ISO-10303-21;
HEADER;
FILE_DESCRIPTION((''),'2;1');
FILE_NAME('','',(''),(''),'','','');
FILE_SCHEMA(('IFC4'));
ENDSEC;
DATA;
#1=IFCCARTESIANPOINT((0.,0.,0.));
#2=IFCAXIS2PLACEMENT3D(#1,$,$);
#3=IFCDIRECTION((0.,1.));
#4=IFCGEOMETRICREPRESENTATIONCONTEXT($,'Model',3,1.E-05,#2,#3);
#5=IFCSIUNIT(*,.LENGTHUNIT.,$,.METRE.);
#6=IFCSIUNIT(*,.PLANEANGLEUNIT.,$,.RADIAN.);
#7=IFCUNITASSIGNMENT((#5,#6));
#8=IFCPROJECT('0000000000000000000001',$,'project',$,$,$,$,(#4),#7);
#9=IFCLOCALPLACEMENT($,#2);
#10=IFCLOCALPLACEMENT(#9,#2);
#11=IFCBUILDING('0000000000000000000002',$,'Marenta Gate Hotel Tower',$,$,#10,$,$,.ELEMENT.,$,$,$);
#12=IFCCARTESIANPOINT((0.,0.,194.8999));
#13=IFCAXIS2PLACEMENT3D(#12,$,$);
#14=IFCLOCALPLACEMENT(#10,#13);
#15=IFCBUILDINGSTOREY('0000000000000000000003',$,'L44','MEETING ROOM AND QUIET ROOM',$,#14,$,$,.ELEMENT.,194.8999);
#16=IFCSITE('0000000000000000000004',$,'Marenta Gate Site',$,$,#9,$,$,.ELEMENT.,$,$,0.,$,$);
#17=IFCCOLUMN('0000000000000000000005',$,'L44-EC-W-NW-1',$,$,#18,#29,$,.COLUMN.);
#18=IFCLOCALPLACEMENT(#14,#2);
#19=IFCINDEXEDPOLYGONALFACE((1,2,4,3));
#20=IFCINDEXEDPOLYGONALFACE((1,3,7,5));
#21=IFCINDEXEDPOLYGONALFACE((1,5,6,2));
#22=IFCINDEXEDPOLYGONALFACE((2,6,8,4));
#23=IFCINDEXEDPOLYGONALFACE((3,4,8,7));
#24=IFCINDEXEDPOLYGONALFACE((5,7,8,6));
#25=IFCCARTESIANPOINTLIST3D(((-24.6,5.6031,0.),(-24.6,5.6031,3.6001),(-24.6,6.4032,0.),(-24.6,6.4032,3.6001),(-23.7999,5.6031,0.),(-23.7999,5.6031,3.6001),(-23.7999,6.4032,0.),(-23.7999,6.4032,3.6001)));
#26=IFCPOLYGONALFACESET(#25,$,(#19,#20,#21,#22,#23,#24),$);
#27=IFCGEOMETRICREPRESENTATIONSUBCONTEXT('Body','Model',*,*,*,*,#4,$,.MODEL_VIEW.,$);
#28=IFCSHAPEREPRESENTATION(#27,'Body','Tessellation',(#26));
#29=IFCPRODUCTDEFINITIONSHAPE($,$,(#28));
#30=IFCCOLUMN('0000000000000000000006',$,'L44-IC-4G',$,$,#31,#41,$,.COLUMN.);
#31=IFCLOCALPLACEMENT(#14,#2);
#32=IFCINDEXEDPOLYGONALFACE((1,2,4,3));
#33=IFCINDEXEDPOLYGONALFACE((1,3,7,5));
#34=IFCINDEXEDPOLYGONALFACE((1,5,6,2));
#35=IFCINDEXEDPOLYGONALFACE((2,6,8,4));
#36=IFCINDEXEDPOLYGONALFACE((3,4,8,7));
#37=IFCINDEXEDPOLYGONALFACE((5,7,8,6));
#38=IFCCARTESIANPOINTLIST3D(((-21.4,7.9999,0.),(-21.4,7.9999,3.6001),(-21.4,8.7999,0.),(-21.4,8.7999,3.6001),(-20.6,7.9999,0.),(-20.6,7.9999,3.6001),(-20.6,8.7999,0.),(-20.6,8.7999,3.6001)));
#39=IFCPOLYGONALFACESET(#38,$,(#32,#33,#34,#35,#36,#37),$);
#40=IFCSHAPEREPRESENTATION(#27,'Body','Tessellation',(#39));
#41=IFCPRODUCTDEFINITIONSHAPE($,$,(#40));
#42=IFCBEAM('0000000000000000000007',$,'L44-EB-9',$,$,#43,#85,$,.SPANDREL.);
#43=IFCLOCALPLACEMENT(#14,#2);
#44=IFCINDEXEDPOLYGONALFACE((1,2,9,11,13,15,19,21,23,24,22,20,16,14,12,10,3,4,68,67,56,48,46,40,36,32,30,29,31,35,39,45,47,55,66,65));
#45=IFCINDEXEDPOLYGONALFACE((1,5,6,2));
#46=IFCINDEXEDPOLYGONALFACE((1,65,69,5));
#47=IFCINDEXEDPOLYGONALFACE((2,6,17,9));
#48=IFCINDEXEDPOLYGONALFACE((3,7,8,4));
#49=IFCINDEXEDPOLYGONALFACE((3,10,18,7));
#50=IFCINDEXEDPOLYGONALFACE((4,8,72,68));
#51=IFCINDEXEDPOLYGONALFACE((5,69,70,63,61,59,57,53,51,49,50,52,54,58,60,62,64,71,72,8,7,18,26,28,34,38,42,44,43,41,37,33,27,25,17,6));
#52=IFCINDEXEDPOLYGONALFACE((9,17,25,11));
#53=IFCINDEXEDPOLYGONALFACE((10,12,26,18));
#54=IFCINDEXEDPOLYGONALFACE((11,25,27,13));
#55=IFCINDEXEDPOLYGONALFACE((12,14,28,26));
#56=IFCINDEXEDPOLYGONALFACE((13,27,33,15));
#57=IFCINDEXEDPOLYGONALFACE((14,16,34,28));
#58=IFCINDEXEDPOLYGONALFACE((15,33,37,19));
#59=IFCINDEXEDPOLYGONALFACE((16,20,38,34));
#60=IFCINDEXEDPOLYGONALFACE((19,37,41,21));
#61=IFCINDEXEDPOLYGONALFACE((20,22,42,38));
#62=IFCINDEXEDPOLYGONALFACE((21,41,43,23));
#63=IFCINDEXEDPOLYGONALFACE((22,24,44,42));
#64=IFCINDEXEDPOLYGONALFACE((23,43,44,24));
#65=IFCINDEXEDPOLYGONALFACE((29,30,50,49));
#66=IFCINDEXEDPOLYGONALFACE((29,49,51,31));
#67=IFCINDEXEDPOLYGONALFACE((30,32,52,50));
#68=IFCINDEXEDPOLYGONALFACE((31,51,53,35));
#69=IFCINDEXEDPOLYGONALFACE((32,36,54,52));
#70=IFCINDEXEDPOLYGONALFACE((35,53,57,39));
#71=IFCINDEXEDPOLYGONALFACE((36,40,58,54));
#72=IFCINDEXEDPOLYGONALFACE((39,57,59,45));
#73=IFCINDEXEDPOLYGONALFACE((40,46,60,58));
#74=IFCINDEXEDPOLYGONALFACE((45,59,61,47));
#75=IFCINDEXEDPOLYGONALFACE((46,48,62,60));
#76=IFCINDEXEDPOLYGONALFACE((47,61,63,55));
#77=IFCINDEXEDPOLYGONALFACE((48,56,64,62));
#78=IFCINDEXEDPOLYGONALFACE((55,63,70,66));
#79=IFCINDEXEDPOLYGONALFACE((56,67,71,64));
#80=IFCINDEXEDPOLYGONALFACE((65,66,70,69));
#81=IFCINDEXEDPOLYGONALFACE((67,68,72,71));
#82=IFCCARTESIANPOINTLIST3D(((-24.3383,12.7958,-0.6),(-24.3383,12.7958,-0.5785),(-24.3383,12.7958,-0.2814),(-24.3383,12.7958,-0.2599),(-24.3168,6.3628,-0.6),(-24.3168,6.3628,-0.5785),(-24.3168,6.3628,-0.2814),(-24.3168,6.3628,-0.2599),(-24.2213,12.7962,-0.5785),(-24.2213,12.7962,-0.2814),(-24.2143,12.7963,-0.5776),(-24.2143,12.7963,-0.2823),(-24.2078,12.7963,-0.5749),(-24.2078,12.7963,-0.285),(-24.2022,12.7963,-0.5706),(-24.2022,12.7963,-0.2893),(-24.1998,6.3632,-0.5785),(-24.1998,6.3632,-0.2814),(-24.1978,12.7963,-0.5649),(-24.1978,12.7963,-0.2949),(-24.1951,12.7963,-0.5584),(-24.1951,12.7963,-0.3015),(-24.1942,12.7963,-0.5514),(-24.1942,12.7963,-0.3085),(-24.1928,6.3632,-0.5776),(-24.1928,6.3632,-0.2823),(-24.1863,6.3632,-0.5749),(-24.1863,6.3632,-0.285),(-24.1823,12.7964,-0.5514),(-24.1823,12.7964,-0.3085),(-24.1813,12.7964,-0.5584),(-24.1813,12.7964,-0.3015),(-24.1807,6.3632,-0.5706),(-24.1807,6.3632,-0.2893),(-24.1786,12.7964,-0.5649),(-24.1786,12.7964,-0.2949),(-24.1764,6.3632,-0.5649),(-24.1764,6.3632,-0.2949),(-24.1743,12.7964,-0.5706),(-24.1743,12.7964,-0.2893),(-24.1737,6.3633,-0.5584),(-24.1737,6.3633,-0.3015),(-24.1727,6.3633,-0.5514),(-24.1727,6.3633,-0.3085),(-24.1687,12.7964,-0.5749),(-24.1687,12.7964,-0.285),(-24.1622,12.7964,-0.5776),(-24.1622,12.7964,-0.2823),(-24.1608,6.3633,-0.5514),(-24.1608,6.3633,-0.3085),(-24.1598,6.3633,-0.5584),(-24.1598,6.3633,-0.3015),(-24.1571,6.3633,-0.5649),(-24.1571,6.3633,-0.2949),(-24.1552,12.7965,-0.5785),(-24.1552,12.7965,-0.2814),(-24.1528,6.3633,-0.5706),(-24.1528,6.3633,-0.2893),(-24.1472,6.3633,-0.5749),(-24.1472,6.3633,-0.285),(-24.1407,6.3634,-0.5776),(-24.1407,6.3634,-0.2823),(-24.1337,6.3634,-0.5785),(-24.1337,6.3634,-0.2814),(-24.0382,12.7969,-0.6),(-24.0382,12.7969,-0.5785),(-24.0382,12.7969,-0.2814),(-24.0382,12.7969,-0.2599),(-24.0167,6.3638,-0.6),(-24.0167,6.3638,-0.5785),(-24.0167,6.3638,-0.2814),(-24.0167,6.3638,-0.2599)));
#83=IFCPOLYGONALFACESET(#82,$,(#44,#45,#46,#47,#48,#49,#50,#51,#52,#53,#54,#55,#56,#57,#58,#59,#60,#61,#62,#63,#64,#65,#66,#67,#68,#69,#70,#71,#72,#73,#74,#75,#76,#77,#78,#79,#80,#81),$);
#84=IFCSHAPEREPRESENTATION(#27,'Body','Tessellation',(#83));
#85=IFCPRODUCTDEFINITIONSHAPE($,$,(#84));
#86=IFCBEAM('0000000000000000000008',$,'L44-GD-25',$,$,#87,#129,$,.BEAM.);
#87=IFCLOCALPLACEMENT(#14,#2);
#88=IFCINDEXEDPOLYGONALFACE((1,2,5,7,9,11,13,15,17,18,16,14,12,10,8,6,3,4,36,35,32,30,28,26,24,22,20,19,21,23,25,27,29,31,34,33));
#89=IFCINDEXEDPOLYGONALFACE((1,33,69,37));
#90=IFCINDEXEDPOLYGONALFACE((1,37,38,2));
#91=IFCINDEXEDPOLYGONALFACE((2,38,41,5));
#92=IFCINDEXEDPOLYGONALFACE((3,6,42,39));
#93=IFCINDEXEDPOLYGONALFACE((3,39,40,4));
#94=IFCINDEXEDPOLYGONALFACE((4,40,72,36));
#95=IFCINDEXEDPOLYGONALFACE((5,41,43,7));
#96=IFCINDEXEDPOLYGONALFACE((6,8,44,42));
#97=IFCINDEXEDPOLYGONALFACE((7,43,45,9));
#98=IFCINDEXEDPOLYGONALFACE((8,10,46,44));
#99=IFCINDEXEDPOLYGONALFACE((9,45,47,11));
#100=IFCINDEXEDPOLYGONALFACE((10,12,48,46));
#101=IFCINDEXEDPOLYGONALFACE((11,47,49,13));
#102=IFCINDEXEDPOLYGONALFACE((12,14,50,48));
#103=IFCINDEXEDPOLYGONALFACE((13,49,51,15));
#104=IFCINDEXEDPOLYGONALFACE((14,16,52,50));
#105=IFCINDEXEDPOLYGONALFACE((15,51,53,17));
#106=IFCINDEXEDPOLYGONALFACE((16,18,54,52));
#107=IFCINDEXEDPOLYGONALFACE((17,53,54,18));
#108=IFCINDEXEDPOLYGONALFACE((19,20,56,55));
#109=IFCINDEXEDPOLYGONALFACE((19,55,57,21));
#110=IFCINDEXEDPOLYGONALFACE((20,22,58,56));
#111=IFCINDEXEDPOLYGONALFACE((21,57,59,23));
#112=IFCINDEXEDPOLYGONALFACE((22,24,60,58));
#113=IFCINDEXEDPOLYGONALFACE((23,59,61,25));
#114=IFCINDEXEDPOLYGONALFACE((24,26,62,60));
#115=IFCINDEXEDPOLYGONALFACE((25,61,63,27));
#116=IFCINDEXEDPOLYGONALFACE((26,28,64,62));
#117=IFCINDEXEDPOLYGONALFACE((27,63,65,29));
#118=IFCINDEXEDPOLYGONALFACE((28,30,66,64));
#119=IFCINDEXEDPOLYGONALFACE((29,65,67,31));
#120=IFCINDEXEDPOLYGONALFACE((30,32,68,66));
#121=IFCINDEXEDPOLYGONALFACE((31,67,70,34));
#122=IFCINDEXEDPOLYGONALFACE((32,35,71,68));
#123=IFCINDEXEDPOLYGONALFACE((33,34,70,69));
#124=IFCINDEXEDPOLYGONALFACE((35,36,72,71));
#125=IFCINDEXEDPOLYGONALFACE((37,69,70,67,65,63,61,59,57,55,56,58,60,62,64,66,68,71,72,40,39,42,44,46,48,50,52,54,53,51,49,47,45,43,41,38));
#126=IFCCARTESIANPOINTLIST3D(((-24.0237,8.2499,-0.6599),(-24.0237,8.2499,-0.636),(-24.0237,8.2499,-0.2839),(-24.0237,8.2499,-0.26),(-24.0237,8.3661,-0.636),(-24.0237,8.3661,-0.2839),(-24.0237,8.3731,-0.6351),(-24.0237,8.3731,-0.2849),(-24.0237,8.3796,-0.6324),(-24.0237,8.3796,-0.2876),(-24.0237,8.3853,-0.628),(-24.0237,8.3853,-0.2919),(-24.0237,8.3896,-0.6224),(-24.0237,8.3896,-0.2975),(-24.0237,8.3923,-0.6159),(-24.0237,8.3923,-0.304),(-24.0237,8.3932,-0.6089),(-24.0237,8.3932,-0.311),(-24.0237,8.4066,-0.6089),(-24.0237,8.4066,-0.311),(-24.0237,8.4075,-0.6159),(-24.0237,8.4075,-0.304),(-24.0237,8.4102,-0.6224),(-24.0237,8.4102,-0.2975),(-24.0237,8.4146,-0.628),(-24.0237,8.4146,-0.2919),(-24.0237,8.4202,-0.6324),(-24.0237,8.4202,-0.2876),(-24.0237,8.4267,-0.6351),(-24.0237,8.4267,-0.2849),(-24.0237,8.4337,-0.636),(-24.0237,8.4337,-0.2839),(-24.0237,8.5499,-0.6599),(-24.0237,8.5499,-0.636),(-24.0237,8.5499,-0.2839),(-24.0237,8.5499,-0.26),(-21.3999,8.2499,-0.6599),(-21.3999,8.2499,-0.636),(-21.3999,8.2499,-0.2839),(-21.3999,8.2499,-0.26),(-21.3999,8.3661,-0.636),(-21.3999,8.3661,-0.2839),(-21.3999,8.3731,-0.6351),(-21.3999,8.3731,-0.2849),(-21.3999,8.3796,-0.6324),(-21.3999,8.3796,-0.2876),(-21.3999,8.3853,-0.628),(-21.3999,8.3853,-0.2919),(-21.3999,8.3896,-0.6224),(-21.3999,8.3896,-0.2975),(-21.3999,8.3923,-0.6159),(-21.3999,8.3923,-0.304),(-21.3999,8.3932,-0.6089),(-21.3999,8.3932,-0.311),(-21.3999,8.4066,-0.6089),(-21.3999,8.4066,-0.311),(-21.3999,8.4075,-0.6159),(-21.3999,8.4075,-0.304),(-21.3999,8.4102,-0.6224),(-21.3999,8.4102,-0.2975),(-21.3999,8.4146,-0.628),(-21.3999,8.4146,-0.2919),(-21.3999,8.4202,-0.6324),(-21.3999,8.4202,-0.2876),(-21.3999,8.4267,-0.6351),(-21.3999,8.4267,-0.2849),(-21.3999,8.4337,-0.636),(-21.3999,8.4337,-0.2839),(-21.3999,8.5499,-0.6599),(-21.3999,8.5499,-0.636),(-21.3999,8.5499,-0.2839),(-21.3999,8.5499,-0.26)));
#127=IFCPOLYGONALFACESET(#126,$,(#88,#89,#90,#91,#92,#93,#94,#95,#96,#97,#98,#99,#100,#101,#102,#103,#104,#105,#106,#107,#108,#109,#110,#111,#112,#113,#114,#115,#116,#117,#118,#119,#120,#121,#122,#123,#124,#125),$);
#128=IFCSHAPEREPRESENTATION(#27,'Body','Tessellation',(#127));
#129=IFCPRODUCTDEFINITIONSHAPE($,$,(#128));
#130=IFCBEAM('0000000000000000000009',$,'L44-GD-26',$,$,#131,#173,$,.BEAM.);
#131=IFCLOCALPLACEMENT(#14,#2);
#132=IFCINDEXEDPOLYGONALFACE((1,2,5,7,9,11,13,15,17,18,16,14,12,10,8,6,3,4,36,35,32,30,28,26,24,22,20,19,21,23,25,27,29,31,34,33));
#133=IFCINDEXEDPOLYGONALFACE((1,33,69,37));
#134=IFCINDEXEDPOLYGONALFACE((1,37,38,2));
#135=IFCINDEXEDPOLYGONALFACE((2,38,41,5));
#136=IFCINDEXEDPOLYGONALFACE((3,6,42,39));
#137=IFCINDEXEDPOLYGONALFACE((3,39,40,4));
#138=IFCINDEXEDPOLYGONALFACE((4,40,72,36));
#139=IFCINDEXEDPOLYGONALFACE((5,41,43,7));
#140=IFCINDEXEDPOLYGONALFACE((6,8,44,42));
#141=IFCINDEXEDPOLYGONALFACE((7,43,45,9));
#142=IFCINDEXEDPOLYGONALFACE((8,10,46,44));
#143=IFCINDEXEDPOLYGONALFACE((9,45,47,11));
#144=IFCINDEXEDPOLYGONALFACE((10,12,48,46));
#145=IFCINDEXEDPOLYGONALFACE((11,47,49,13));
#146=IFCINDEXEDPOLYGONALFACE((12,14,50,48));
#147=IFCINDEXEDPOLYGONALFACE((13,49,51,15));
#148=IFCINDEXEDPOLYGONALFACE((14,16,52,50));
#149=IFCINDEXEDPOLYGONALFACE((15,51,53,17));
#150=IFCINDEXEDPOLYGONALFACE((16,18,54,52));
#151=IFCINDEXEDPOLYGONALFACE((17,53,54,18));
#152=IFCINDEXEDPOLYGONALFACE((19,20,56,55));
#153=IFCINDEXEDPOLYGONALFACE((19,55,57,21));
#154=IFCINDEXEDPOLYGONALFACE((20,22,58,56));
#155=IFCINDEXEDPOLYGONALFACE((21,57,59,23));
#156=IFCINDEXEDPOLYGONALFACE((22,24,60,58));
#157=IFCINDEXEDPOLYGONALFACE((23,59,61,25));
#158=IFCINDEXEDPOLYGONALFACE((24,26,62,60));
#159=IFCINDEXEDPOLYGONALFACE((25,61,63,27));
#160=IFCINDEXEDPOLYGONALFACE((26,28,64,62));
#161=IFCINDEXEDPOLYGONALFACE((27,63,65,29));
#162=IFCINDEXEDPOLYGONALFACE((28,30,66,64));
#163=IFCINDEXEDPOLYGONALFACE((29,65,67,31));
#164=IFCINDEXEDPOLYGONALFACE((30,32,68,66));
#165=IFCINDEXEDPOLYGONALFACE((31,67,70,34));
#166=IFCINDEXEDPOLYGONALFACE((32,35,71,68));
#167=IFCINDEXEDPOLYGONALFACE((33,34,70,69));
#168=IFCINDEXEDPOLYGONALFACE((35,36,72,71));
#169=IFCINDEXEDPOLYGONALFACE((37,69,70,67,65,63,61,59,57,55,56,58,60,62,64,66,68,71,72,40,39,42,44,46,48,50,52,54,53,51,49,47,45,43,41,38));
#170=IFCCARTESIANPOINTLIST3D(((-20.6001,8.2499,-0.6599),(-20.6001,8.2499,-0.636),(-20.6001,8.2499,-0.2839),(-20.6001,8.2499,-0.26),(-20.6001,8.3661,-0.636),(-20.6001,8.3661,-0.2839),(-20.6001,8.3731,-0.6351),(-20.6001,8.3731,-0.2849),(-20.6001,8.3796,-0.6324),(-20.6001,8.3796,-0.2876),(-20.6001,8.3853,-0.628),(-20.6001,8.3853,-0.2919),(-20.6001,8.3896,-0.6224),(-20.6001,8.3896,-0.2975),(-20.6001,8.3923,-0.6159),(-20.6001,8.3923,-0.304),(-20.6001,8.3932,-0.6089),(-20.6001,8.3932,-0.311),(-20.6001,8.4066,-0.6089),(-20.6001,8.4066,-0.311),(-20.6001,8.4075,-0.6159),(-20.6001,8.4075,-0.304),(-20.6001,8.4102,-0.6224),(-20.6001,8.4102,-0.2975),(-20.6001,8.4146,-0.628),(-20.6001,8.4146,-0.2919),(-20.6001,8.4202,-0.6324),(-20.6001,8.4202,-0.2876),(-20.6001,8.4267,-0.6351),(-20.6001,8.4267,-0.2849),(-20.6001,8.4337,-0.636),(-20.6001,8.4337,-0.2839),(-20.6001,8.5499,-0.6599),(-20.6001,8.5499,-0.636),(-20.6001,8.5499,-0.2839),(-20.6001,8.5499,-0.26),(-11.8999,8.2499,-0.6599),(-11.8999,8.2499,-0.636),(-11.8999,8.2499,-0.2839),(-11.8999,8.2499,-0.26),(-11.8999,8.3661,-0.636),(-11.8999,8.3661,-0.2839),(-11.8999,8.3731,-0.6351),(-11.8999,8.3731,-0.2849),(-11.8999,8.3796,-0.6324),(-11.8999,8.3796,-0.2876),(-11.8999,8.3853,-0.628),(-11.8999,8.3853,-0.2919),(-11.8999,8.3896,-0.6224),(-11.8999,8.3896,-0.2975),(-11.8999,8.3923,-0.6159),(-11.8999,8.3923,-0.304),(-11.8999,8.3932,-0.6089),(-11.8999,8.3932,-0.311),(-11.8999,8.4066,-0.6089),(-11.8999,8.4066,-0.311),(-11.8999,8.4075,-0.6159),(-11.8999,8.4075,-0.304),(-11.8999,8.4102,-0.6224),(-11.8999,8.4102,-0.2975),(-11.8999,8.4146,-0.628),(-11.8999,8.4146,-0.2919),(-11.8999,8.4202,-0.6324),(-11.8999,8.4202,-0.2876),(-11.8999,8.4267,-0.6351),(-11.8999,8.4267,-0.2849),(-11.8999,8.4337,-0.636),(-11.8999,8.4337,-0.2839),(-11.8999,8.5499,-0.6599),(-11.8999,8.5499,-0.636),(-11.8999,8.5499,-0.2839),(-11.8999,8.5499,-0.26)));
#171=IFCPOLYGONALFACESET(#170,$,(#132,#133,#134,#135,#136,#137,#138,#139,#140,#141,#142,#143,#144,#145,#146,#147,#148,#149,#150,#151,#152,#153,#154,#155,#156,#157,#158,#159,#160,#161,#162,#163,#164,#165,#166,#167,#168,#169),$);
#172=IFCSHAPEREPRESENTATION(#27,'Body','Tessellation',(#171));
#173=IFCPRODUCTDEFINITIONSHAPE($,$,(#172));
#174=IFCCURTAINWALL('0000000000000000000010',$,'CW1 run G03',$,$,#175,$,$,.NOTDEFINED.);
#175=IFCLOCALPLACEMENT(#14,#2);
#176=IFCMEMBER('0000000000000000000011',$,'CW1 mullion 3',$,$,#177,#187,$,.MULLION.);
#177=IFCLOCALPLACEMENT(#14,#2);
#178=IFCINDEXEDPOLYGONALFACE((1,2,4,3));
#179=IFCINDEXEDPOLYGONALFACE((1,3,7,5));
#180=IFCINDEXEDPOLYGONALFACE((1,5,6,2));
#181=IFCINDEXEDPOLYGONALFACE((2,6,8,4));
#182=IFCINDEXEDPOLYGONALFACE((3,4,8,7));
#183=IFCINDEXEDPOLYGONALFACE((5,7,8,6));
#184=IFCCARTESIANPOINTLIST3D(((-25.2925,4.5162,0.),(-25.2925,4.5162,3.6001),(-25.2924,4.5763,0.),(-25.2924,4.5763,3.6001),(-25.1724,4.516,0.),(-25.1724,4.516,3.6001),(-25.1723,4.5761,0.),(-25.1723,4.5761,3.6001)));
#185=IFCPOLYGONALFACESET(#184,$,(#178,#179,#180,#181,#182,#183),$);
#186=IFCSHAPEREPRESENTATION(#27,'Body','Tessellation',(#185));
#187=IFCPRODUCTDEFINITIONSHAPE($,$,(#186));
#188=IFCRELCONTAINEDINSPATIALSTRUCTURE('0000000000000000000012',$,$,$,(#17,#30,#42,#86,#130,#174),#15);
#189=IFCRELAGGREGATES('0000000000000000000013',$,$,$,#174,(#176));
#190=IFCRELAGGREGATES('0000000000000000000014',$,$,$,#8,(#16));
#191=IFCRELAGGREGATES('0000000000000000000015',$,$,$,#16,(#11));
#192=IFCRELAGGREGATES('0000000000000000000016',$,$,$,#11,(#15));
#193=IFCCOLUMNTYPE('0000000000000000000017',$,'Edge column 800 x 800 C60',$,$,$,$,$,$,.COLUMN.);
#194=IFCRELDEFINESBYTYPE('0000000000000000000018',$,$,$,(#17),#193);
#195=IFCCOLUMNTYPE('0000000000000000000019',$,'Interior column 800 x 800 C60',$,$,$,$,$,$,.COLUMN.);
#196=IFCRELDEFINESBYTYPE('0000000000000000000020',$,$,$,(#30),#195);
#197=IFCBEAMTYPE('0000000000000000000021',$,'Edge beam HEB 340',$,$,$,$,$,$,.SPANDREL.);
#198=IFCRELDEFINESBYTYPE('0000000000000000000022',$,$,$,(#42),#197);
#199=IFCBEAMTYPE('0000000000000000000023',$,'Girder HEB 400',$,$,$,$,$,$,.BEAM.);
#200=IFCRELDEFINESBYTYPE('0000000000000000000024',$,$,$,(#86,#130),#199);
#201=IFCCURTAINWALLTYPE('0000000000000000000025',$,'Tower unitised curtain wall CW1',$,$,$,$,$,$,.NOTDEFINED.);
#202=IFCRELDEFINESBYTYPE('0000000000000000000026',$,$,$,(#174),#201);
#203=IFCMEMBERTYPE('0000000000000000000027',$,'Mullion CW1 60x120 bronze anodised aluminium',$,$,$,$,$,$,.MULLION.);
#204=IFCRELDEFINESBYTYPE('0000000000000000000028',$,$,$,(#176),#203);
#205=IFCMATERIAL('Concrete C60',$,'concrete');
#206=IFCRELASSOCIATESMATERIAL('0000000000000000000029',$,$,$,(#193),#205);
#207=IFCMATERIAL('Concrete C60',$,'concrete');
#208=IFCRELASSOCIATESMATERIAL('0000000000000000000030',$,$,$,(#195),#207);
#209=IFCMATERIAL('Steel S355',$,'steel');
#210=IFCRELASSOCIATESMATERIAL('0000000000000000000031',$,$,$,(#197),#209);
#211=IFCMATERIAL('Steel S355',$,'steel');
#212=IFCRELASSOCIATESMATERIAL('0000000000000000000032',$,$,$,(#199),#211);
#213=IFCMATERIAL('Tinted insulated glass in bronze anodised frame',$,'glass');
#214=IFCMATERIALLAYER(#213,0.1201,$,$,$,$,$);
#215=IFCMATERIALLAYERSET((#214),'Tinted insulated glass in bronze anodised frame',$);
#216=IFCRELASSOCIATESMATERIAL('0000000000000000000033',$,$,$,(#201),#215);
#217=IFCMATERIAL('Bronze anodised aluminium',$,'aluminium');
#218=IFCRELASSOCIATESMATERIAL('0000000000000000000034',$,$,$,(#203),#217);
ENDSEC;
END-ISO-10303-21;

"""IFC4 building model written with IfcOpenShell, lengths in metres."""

from ifc_helpers import new_model, si_unit, direction, frame, origin, origin_2d, place, context, subcontext, project, spatial, rectangle, i_section, extrude, material, layer, layer_set, material_profile, profile_set, type_object, element, aggregate, save


model = new_model("IFC4")

# Units and contexts
model_context = context("Model", 3, precision=1e-05, world=origin(), true_north=direction((0.0, 1.0)))
body_context = subcontext(model_context, "Body", "Model", "MODEL_VIEW")
ifc_project = project(units=[si_unit("LENGTHUNIT", "METRE"), si_unit("PLANEANGLEUNIT", "RADIAN")], contexts=[model_context])

# Site, building, storey
site_placement = place(None, origin())
site = spatial("IfcSite", under=ifc_project, at=site_placement, Name="Marenta Gate Site", CompositionType="ELEMENT", RefElevation=0.0)
building_placement = place(site_placement, origin())
building = spatial("IfcBuilding", under=site, at=building_placement, Name="Marenta Gate Hotel Tower", CompositionType="ELEMENT")
storey_placement = place(building_placement, frame((0.0, 0.0, 194.8999)))
storey = spatial("IfcBuildingStorey", under=building, at=storey_placement, Name="L44", Description="MEETING ROOM AND QUIET ROOM", CompositionType="ELEMENT", Elevation=194.8999)

# Columns
ifc_material_1 = material(Name="Concrete C60", Category="concrete")
ifc_material_profile_1 = material_profile(ifc_material_1, rectangle(XDim=0.8, YDim=0.8, at=origin_2d()), Name="800 x 800")
ifc_profile_set_1 = profile_set([ifc_material_profile_1], Name="Concrete C60")
column_type_1 = type_object("IfcColumnType", Name="Edge column 800 x 800 C60", PredefinedType="COLUMN", material=ifc_profile_set_1)
column_1_placement = place(storey_placement, frame((-24.2, 6.0032, 0.0), z_axis=(0.0, 0.0, 1.0), x_axis=(1.0, 0.0, 0.0)))
element("IfcColumn", 1, at=column_1_placement, inside=storey, type_object=column_type_1, Name="L44-EC-W-NW-1", PredefinedType="COLUMN", context=body_context, shape_type="SweptSolid", body=[
    extrude(rectangle(XDim=0.8, YDim=0.8, at=origin_2d()), origin(), (0.0, 0.0, 1.0), 3.6001),
])
ifc_material_2 = material(Name="Concrete C60", Category="concrete")
ifc_material_profile_2 = material_profile(ifc_material_2, rectangle(XDim=0.8, YDim=0.8, at=origin_2d()), Name="800 x 800")
ifc_profile_set_2 = profile_set([ifc_material_profile_2], Name="Concrete C60")
column_type_2 = type_object("IfcColumnType", Name="Interior column 800 x 800 C60", PredefinedType="COLUMN", material=ifc_profile_set_2)
column_2_placement = place(storey_placement, frame((-21.0, 8.3999, 0.0), z_axis=(0.0, 0.0, 1.0), x_axis=(1.0, 0.0, 0.0)))
element("IfcColumn", 2, at=column_2_placement, inside=storey, type_object=column_type_2, Name="L44-IC-4G", PredefinedType="COLUMN", context=body_context, shape_type="SweptSolid", body=[
    extrude(rectangle(XDim=0.8, YDim=0.8, at=origin_2d()), origin(), (0.0, 0.0, 1.0), 3.6001),
])

# Beams
ifc_material_3 = material(Name="Steel S355", Category="steel")
ifc_material_profile_3 = material_profile(ifc_material_3, i_section(OverallWidth=0.3, OverallDepth=0.3401, WebThickness=0.012, FlangeThickness=0.0215, FilletRadius=0.0271, at=origin_2d()), Name="HEB 340")
ifc_profile_set_3 = profile_set([ifc_material_profile_3], Name="Steel S355")
beam_type_1 = type_object("IfcBeamType", Name="Edge beam HEB 340", PredefinedType="SPANDREL", material=ifc_profile_set_3)
beam_1_placement = place(storey_placement, frame((-24.1667, 6.3633, -0.4299), z_axis=(-0.00334, 0.999994, 0.0), x_axis=(-0.999994, -0.00334, 0.0)))
element("IfcBeam", 3, at=beam_1_placement, inside=storey, type_object=beam_type_1, Name="L44-EB-9", PredefinedType="SPANDREL", context=body_context, shape_type="SweptSolid", body=[
    extrude(i_section(OverallWidth=0.3, OverallDepth=0.3401, WebThickness=0.012, FlangeThickness=0.0215, FilletRadius=0.0271, at=origin_2d()), origin(), (0.0, 0.0, 1.0), 6.4331),
])
ifc_material_4 = material(Name="Steel S355", Category="steel")
ifc_material_profile_4 = material_profile(ifc_material_4, i_section(OverallWidth=0.3, OverallDepth=0.3999, WebThickness=0.0134, FlangeThickness=0.0239, FilletRadius=0.0271, at=origin_2d()), Name="HEB 400")
ifc_profile_set_4 = profile_set([ifc_material_profile_4], Name="Steel S355")
beam_type_2 = type_object("IfcBeamType", Name="Girder HEB 400", PredefinedType="BEAM", material=ifc_profile_set_4)
beam_2_placement = place(storey_placement, frame((-24.0237, 8.3999, -0.46), z_axis=(1.0, 0.0, 0.0), x_axis=(0.0, 1.0, 0.0)))
element("IfcBeam", 4, at=beam_2_placement, inside=storey, type_object=beam_type_2, Name="L44-GD-25", PredefinedType="BEAM", context=body_context, shape_type="SweptSolid", body=[
    extrude(i_section(OverallWidth=0.3, OverallDepth=0.3999, WebThickness=0.0134, FlangeThickness=0.0239, FilletRadius=0.0271, at=origin_2d()), origin(), (0.0, 0.0, 1.0), 2.6238),
])
beam_3_placement = place(storey_placement, frame((-20.6001, 8.3999, -0.46), z_axis=(1.0, 0.0, 0.0), x_axis=(0.0, 1.0, 0.0)))
element("IfcBeam", 5, at=beam_3_placement, inside=storey, type_object=beam_type_2, Name="L44-GD-26", PredefinedType="BEAM", context=body_context, shape_type="SweptSolid", body=[
    extrude(i_section(OverallWidth=0.3, OverallDepth=0.3999, WebThickness=0.0134, FlangeThickness=0.0239, FilletRadius=0.0271, at=origin_2d()), origin(), (0.0, 0.0, 1.0), 8.7002),
])

# Curtain wall, member
ifc_material_5 = material(Name="Tinted insulated glass in bronze anodised frame", Category="glass")
ifc_layer_1 = layer(ifc_material_5, 0.1201)
ifc_layer_set_1 = layer_set([ifc_layer_1], Name="Tinted insulated glass in bronze anodised frame")
curtain_wall_type = type_object("IfcCurtainWallType", Name="Tower unitised curtain wall CW1", PredefinedType="NOTDEFINED", material=ifc_layer_set_1)
curtain_wall_placement = place(storey_placement, origin())
curtain_wall = element("IfcCurtainWall", 6, at=curtain_wall_placement, inside=storey, type_object=curtain_wall_type, Name="CW1 run G03", PredefinedType="NOTDEFINED")
ifc_material_6 = material(Name="Bronze anodised aluminium", Category="aluminium")
ifc_material_profile_5 = material_profile(ifc_material_6, rectangle(XDim=0.1201, YDim=0.0601, at=origin_2d()), Name="Mullion CW1 60x120 bronze anodised aluminium")
ifc_profile_set_5 = profile_set([ifc_material_profile_5], Name="Bronze anodised aluminium")
member_type_1 = type_object("IfcMemberType", Name="Mullion CW1 60x120 bronze anodised aluminium", PredefinedType="MULLION", material=ifc_profile_set_5)
member_1_placement = place(storey_placement, frame((-25.2324, 4.5461, 0.0), z_axis=(0.0, 0.0, 1.0), x_axis=(0.999999, -0.001566, 0.0)))
member_1 = element("IfcMember", 7, at=member_1_placement, type_object=member_type_1, Name="CW1 mullion 3", PredefinedType="MULLION", context=body_context, shape_type="SweptSolid", body=[
    extrude(rectangle(XDim=0.1201, YDim=0.0601, at=origin_2d()), origin(), (0.0, 0.0, 1.0), 3.6001),
])
aggregate(curtain_wall, [member_1])

save(model, "model.ifc")
